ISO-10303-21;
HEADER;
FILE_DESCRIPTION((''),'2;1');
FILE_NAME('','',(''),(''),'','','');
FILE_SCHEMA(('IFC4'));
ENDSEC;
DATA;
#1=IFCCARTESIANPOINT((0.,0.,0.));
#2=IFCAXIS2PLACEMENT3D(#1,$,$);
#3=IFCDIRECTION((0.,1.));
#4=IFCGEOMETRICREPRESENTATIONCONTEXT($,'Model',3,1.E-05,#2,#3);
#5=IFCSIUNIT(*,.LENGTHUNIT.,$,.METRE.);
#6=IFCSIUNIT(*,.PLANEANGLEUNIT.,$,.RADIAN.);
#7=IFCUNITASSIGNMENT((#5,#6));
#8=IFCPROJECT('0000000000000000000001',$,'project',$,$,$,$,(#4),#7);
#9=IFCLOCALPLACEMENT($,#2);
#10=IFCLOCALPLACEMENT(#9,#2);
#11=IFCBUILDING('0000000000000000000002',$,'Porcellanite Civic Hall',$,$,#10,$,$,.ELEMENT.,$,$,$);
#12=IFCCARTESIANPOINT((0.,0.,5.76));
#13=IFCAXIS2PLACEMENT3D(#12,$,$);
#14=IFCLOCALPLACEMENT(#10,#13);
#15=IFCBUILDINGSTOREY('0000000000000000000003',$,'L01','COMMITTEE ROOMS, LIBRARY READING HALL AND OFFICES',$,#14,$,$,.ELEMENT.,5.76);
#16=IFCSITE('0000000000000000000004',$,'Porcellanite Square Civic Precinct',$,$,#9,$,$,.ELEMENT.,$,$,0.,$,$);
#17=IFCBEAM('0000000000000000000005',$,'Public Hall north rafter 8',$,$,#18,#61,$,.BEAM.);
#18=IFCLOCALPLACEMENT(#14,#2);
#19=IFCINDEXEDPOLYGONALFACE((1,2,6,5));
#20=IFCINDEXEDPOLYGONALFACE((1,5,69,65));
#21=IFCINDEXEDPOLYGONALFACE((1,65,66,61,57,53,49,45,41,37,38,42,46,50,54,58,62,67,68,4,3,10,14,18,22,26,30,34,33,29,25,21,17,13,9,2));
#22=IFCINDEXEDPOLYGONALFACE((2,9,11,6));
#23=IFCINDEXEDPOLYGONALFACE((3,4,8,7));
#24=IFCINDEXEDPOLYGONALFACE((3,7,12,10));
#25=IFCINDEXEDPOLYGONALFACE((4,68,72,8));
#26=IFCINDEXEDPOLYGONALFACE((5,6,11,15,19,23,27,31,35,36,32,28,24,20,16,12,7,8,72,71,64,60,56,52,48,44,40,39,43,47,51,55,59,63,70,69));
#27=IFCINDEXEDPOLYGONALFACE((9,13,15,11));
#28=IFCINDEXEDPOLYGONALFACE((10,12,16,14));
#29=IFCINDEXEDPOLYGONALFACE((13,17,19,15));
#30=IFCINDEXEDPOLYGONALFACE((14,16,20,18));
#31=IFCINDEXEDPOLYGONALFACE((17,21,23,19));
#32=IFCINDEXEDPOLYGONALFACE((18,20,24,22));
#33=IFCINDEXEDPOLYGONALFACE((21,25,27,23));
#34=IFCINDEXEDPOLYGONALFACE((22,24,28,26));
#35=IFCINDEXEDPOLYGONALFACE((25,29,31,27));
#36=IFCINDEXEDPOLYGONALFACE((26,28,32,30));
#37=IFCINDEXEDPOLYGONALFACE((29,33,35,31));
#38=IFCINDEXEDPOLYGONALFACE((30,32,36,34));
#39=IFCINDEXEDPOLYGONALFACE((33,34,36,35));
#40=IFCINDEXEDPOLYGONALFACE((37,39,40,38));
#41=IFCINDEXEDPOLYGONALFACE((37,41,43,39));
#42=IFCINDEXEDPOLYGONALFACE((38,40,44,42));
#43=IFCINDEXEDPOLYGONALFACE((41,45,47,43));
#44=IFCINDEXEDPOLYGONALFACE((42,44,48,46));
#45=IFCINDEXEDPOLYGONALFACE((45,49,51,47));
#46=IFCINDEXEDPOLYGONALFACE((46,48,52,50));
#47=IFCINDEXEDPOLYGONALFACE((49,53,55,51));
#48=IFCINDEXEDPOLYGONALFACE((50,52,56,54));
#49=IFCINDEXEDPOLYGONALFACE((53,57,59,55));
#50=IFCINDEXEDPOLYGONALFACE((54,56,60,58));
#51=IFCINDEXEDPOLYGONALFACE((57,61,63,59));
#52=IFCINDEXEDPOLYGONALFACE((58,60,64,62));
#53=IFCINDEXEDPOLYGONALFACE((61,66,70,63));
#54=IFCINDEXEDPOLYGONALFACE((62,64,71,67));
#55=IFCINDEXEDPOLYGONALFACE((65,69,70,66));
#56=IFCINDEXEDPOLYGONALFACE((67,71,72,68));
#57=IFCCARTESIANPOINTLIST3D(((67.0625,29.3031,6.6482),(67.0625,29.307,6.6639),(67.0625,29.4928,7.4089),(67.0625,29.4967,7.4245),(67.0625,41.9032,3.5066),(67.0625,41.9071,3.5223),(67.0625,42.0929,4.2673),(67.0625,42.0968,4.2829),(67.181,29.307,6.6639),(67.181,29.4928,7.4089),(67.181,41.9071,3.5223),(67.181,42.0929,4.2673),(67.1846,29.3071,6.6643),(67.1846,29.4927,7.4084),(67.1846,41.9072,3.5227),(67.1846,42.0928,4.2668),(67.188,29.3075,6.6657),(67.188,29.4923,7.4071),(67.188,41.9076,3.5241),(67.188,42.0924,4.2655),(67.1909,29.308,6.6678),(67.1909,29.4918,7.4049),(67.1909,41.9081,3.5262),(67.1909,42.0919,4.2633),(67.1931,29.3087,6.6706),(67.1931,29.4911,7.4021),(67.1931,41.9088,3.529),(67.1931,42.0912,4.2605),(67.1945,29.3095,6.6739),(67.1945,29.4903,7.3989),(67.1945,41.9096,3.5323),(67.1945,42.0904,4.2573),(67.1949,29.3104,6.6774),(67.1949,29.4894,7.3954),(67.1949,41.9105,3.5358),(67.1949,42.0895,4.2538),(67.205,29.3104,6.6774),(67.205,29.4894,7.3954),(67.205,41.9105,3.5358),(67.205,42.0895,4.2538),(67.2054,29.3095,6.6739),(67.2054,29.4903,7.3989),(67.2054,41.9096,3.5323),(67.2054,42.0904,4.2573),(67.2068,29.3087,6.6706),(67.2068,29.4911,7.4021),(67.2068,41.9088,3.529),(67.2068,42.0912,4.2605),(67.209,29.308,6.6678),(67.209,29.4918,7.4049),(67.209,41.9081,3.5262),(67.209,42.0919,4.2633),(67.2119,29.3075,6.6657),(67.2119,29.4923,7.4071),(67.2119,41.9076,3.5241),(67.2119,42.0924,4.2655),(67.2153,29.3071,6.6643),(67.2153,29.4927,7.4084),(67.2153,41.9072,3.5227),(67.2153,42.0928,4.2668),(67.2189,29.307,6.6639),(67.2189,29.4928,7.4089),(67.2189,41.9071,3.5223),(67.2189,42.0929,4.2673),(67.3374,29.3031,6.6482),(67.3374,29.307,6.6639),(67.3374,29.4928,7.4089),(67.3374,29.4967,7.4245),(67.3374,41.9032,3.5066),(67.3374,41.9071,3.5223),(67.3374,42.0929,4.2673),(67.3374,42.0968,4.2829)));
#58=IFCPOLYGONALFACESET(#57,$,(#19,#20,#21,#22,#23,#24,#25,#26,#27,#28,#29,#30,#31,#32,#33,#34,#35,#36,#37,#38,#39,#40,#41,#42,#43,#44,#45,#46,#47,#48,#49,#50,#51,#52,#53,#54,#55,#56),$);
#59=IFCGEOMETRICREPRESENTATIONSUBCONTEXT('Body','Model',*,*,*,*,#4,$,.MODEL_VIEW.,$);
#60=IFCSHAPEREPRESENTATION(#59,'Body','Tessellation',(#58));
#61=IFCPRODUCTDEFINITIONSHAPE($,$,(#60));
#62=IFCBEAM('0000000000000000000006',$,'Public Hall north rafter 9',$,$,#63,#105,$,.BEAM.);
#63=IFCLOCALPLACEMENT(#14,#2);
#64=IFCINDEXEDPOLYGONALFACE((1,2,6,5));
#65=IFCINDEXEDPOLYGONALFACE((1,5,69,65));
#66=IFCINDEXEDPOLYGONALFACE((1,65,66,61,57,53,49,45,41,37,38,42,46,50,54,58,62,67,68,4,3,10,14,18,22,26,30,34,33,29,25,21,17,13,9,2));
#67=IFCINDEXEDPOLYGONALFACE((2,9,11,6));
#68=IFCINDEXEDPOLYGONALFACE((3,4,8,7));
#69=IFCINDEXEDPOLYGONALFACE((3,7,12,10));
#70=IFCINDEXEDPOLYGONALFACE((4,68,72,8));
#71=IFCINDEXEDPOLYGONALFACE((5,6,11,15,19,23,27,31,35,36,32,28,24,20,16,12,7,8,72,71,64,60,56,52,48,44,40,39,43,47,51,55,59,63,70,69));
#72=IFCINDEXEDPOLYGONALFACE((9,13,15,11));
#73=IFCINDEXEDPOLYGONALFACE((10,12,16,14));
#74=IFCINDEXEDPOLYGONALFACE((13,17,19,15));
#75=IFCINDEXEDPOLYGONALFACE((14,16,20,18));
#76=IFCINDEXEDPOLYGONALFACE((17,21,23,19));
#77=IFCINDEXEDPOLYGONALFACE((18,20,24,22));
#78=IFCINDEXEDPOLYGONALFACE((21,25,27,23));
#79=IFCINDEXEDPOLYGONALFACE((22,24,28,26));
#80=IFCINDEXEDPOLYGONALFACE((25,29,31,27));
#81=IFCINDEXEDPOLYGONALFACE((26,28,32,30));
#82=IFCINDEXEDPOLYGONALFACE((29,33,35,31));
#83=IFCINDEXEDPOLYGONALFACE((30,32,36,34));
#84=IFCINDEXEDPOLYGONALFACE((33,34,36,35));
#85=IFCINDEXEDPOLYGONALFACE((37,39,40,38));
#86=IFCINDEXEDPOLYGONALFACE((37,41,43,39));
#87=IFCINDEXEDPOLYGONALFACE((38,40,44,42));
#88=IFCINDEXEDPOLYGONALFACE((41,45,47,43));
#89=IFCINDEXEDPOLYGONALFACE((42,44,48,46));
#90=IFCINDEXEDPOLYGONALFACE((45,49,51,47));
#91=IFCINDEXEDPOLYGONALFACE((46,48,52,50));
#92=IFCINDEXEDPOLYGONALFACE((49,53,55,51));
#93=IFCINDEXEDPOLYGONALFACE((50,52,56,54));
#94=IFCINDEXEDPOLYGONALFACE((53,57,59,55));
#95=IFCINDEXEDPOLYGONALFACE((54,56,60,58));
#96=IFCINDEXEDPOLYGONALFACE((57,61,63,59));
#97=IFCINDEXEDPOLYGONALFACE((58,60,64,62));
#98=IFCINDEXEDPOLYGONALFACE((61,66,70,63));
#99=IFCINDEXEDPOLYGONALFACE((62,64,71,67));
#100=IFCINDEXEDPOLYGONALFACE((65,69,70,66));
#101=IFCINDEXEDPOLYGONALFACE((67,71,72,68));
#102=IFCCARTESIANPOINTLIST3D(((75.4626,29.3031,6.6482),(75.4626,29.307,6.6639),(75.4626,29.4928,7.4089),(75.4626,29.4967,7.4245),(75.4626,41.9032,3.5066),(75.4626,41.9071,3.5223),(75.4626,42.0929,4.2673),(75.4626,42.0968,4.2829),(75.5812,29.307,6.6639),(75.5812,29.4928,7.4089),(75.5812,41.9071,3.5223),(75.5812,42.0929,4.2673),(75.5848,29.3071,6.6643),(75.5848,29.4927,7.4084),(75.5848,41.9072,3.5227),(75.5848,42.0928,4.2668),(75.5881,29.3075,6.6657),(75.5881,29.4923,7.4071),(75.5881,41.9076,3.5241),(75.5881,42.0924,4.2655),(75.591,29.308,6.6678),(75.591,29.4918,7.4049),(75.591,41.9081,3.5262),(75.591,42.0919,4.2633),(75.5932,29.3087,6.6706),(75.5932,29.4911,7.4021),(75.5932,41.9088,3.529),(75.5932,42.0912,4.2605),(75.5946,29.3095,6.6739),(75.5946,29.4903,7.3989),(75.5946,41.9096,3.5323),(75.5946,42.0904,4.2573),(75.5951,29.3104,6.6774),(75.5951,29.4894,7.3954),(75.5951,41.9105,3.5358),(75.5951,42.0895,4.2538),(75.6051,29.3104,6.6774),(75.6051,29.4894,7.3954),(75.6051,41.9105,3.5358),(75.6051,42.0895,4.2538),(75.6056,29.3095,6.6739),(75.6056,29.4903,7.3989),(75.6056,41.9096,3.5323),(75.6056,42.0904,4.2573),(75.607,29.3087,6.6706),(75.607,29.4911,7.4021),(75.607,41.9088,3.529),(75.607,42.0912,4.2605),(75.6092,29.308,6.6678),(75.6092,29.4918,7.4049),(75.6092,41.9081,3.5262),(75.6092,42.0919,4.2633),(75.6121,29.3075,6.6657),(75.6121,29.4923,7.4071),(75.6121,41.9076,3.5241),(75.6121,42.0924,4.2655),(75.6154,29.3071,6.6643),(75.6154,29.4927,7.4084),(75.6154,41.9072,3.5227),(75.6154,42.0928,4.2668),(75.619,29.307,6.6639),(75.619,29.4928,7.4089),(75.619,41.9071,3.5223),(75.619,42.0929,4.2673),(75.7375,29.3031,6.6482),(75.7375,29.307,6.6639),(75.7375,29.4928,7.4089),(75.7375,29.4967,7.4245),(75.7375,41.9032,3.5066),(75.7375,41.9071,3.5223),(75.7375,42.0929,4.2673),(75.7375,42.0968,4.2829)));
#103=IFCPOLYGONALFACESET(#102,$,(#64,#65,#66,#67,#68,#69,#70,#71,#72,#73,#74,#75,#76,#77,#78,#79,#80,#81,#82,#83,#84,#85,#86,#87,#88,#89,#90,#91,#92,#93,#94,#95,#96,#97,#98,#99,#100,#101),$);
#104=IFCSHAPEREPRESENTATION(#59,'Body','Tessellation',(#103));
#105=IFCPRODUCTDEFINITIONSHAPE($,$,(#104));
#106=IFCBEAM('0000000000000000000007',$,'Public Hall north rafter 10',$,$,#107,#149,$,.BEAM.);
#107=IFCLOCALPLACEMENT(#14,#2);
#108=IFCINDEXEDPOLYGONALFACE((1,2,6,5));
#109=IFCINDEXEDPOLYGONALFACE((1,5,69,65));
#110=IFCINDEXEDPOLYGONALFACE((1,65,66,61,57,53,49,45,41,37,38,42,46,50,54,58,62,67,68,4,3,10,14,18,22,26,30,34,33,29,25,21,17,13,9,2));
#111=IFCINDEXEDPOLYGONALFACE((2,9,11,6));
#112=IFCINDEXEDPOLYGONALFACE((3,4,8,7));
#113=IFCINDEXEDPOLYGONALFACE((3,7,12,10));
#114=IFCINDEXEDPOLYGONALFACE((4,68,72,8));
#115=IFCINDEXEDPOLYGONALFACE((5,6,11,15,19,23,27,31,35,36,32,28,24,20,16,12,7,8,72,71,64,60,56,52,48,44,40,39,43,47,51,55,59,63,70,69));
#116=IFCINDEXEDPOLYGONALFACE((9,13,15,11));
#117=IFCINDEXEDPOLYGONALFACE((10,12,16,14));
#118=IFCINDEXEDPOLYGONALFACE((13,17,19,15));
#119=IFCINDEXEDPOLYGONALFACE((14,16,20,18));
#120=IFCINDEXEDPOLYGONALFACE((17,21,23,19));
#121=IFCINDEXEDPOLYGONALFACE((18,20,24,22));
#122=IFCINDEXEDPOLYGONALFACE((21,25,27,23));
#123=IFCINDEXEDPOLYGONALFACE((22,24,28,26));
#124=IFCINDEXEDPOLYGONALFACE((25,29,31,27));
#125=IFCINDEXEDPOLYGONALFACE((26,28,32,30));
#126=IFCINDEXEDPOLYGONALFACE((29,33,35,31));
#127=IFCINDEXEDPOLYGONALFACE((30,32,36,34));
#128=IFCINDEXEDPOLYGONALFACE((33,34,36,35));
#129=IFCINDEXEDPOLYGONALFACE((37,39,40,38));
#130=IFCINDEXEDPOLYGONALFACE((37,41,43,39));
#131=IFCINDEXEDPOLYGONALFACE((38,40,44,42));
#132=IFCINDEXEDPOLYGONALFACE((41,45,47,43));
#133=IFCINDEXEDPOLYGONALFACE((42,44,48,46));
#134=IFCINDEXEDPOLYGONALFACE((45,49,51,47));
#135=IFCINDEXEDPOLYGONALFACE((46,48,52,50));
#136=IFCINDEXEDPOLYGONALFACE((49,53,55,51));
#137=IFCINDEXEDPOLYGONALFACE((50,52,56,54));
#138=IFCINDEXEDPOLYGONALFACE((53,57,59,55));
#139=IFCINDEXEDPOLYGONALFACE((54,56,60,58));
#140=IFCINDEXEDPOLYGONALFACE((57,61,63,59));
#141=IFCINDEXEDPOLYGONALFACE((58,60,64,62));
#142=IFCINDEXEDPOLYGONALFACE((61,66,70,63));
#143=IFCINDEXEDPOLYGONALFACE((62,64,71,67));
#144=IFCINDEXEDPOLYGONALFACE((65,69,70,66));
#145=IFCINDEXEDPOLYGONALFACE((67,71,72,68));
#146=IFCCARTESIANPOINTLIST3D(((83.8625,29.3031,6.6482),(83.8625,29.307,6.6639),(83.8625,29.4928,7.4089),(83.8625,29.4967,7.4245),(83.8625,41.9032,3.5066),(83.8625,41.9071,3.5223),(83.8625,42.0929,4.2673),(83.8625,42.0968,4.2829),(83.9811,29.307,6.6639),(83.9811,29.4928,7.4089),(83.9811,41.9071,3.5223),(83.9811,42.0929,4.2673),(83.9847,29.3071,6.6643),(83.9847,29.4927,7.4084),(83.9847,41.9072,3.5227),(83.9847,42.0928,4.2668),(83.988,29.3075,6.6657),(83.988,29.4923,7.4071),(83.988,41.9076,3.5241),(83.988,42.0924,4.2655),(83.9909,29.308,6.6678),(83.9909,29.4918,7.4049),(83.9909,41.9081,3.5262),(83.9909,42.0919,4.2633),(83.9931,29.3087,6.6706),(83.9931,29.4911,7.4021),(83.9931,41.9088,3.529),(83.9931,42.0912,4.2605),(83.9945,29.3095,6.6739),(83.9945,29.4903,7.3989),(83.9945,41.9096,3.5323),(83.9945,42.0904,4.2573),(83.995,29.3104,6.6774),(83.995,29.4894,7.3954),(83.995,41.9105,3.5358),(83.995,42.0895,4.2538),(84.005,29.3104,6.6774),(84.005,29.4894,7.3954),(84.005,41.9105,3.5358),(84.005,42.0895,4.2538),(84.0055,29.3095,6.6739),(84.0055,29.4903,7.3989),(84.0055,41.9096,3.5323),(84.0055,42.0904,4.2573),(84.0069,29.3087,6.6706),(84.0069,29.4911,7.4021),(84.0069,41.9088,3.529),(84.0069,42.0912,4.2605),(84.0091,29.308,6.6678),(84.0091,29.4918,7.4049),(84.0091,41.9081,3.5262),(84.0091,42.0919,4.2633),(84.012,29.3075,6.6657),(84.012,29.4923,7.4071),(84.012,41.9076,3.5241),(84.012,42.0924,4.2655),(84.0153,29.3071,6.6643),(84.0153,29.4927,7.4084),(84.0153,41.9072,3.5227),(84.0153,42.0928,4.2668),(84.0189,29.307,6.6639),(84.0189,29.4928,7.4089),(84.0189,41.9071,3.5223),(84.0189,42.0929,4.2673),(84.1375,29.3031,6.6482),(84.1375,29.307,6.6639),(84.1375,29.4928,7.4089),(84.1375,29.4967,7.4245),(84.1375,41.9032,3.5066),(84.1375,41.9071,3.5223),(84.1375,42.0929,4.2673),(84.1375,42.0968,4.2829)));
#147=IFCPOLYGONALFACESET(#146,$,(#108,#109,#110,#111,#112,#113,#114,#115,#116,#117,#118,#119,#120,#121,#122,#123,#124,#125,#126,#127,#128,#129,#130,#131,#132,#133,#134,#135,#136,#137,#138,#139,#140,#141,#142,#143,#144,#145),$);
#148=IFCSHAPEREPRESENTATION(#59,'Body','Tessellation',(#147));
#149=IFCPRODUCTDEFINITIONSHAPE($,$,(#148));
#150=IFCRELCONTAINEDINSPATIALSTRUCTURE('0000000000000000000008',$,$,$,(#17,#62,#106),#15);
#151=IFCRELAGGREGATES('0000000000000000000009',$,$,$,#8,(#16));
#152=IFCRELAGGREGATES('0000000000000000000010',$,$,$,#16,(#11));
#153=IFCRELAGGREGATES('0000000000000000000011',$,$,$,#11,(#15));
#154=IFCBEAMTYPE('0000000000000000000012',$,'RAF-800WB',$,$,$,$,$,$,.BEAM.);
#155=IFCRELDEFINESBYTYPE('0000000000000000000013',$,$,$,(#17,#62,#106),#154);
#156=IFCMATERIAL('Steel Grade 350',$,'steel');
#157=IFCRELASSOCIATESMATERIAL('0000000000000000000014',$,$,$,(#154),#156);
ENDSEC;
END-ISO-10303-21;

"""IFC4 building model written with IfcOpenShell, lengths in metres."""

from ifc_helpers import new_model, si_unit, direction, frame, origin, origin_2d, place, context, subcontext, project, spatial, i_section, extrude, material, material_profile, profile_set, type_object, element, save


model = new_model("IFC4")

# Units and contexts
model_context = context("Model", 3, precision=1e-05, world=origin(), true_north=direction((0.0, 1.0)))
body_context = subcontext(model_context, "Body", "Model", "MODEL_VIEW")
ifc_project = project(units=[si_unit("LENGTHUNIT", "METRE"), si_unit("PLANEANGLEUNIT", "RADIAN")], contexts=[model_context])

# Site, building, storey
site_placement = place(None, origin())
site = spatial("IfcSite", under=ifc_project, at=site_placement, Name="Porcellanite Square Civic Precinct", CompositionType="ELEMENT", RefElevation=0.0)
building_placement = place(site_placement, origin())
building = spatial("IfcBuilding", under=site, at=building_placement, Name="Porcellanite Civic Hall", CompositionType="ELEMENT")
storey_placement = place(building_placement, frame((0.0, 0.0, 5.76)))
storey = spatial("IfcBuildingStorey", under=building, at=storey_placement, Name="L01", Description="COMMITTEE ROOMS, LIBRARY READING HALL AND OFFICES", CompositionType="ELEMENT", Elevation=5.76)

# Beams
ifc_material_1 = material(Name="Steel Grade 350", Category="steel")
ifc_material_profile_1 = material_profile(ifc_material_1, i_section(OverallWidth=0.2749, OverallDepth=0.8, WebThickness=0.01, FlangeThickness=0.0161, FilletRadius=0.0139, at=origin_2d()), Name="800WB146")
ifc_profile_set_1 = profile_set([ifc_material_profile_1], Name="Steel Grade 350")
beam_type_1 = type_object("IfcBeamType", Name="RAF-800WB", PredefinedType="BEAM", material=ifc_profile_set_1)
for number, where, z_axis, x_axis, name in (
    (1, (67.2, 29.3999, 7.0364), (0.0, 0.970295, -0.241925), (-1.0, 0.0, 0.0), "Public Hall north rafter 8"),
    (2, (75.6001, 29.3999, 7.0364), (0.0, 0.970295, -0.241925), (-1.0, 0.0, 0.0), "Public Hall north rafter 9"),
    (3, (84.0, 29.3999, 7.0364), (0.0, 0.970295, -0.241925), (-1.0, 0.0, 0.0), "Public Hall north rafter 10"),
):
    element("IfcBeam", number, at=place(storey_placement, frame(where, z_axis=z_axis, x_axis=x_axis)), inside=storey, type_object=beam_type_1, Name=name, PredefinedType="BEAM", context=body_context, shape_type="SweptSolid", body=[
        extrude(i_section(OverallWidth=0.2749, OverallDepth=0.8, WebThickness=0.01, FlangeThickness=0.0161, FilletRadius=0.0139, at=origin_2d()), origin(), (0.0, 0.0, 1.0), 12.9858),
    ])

save(model, "model.ifc")
